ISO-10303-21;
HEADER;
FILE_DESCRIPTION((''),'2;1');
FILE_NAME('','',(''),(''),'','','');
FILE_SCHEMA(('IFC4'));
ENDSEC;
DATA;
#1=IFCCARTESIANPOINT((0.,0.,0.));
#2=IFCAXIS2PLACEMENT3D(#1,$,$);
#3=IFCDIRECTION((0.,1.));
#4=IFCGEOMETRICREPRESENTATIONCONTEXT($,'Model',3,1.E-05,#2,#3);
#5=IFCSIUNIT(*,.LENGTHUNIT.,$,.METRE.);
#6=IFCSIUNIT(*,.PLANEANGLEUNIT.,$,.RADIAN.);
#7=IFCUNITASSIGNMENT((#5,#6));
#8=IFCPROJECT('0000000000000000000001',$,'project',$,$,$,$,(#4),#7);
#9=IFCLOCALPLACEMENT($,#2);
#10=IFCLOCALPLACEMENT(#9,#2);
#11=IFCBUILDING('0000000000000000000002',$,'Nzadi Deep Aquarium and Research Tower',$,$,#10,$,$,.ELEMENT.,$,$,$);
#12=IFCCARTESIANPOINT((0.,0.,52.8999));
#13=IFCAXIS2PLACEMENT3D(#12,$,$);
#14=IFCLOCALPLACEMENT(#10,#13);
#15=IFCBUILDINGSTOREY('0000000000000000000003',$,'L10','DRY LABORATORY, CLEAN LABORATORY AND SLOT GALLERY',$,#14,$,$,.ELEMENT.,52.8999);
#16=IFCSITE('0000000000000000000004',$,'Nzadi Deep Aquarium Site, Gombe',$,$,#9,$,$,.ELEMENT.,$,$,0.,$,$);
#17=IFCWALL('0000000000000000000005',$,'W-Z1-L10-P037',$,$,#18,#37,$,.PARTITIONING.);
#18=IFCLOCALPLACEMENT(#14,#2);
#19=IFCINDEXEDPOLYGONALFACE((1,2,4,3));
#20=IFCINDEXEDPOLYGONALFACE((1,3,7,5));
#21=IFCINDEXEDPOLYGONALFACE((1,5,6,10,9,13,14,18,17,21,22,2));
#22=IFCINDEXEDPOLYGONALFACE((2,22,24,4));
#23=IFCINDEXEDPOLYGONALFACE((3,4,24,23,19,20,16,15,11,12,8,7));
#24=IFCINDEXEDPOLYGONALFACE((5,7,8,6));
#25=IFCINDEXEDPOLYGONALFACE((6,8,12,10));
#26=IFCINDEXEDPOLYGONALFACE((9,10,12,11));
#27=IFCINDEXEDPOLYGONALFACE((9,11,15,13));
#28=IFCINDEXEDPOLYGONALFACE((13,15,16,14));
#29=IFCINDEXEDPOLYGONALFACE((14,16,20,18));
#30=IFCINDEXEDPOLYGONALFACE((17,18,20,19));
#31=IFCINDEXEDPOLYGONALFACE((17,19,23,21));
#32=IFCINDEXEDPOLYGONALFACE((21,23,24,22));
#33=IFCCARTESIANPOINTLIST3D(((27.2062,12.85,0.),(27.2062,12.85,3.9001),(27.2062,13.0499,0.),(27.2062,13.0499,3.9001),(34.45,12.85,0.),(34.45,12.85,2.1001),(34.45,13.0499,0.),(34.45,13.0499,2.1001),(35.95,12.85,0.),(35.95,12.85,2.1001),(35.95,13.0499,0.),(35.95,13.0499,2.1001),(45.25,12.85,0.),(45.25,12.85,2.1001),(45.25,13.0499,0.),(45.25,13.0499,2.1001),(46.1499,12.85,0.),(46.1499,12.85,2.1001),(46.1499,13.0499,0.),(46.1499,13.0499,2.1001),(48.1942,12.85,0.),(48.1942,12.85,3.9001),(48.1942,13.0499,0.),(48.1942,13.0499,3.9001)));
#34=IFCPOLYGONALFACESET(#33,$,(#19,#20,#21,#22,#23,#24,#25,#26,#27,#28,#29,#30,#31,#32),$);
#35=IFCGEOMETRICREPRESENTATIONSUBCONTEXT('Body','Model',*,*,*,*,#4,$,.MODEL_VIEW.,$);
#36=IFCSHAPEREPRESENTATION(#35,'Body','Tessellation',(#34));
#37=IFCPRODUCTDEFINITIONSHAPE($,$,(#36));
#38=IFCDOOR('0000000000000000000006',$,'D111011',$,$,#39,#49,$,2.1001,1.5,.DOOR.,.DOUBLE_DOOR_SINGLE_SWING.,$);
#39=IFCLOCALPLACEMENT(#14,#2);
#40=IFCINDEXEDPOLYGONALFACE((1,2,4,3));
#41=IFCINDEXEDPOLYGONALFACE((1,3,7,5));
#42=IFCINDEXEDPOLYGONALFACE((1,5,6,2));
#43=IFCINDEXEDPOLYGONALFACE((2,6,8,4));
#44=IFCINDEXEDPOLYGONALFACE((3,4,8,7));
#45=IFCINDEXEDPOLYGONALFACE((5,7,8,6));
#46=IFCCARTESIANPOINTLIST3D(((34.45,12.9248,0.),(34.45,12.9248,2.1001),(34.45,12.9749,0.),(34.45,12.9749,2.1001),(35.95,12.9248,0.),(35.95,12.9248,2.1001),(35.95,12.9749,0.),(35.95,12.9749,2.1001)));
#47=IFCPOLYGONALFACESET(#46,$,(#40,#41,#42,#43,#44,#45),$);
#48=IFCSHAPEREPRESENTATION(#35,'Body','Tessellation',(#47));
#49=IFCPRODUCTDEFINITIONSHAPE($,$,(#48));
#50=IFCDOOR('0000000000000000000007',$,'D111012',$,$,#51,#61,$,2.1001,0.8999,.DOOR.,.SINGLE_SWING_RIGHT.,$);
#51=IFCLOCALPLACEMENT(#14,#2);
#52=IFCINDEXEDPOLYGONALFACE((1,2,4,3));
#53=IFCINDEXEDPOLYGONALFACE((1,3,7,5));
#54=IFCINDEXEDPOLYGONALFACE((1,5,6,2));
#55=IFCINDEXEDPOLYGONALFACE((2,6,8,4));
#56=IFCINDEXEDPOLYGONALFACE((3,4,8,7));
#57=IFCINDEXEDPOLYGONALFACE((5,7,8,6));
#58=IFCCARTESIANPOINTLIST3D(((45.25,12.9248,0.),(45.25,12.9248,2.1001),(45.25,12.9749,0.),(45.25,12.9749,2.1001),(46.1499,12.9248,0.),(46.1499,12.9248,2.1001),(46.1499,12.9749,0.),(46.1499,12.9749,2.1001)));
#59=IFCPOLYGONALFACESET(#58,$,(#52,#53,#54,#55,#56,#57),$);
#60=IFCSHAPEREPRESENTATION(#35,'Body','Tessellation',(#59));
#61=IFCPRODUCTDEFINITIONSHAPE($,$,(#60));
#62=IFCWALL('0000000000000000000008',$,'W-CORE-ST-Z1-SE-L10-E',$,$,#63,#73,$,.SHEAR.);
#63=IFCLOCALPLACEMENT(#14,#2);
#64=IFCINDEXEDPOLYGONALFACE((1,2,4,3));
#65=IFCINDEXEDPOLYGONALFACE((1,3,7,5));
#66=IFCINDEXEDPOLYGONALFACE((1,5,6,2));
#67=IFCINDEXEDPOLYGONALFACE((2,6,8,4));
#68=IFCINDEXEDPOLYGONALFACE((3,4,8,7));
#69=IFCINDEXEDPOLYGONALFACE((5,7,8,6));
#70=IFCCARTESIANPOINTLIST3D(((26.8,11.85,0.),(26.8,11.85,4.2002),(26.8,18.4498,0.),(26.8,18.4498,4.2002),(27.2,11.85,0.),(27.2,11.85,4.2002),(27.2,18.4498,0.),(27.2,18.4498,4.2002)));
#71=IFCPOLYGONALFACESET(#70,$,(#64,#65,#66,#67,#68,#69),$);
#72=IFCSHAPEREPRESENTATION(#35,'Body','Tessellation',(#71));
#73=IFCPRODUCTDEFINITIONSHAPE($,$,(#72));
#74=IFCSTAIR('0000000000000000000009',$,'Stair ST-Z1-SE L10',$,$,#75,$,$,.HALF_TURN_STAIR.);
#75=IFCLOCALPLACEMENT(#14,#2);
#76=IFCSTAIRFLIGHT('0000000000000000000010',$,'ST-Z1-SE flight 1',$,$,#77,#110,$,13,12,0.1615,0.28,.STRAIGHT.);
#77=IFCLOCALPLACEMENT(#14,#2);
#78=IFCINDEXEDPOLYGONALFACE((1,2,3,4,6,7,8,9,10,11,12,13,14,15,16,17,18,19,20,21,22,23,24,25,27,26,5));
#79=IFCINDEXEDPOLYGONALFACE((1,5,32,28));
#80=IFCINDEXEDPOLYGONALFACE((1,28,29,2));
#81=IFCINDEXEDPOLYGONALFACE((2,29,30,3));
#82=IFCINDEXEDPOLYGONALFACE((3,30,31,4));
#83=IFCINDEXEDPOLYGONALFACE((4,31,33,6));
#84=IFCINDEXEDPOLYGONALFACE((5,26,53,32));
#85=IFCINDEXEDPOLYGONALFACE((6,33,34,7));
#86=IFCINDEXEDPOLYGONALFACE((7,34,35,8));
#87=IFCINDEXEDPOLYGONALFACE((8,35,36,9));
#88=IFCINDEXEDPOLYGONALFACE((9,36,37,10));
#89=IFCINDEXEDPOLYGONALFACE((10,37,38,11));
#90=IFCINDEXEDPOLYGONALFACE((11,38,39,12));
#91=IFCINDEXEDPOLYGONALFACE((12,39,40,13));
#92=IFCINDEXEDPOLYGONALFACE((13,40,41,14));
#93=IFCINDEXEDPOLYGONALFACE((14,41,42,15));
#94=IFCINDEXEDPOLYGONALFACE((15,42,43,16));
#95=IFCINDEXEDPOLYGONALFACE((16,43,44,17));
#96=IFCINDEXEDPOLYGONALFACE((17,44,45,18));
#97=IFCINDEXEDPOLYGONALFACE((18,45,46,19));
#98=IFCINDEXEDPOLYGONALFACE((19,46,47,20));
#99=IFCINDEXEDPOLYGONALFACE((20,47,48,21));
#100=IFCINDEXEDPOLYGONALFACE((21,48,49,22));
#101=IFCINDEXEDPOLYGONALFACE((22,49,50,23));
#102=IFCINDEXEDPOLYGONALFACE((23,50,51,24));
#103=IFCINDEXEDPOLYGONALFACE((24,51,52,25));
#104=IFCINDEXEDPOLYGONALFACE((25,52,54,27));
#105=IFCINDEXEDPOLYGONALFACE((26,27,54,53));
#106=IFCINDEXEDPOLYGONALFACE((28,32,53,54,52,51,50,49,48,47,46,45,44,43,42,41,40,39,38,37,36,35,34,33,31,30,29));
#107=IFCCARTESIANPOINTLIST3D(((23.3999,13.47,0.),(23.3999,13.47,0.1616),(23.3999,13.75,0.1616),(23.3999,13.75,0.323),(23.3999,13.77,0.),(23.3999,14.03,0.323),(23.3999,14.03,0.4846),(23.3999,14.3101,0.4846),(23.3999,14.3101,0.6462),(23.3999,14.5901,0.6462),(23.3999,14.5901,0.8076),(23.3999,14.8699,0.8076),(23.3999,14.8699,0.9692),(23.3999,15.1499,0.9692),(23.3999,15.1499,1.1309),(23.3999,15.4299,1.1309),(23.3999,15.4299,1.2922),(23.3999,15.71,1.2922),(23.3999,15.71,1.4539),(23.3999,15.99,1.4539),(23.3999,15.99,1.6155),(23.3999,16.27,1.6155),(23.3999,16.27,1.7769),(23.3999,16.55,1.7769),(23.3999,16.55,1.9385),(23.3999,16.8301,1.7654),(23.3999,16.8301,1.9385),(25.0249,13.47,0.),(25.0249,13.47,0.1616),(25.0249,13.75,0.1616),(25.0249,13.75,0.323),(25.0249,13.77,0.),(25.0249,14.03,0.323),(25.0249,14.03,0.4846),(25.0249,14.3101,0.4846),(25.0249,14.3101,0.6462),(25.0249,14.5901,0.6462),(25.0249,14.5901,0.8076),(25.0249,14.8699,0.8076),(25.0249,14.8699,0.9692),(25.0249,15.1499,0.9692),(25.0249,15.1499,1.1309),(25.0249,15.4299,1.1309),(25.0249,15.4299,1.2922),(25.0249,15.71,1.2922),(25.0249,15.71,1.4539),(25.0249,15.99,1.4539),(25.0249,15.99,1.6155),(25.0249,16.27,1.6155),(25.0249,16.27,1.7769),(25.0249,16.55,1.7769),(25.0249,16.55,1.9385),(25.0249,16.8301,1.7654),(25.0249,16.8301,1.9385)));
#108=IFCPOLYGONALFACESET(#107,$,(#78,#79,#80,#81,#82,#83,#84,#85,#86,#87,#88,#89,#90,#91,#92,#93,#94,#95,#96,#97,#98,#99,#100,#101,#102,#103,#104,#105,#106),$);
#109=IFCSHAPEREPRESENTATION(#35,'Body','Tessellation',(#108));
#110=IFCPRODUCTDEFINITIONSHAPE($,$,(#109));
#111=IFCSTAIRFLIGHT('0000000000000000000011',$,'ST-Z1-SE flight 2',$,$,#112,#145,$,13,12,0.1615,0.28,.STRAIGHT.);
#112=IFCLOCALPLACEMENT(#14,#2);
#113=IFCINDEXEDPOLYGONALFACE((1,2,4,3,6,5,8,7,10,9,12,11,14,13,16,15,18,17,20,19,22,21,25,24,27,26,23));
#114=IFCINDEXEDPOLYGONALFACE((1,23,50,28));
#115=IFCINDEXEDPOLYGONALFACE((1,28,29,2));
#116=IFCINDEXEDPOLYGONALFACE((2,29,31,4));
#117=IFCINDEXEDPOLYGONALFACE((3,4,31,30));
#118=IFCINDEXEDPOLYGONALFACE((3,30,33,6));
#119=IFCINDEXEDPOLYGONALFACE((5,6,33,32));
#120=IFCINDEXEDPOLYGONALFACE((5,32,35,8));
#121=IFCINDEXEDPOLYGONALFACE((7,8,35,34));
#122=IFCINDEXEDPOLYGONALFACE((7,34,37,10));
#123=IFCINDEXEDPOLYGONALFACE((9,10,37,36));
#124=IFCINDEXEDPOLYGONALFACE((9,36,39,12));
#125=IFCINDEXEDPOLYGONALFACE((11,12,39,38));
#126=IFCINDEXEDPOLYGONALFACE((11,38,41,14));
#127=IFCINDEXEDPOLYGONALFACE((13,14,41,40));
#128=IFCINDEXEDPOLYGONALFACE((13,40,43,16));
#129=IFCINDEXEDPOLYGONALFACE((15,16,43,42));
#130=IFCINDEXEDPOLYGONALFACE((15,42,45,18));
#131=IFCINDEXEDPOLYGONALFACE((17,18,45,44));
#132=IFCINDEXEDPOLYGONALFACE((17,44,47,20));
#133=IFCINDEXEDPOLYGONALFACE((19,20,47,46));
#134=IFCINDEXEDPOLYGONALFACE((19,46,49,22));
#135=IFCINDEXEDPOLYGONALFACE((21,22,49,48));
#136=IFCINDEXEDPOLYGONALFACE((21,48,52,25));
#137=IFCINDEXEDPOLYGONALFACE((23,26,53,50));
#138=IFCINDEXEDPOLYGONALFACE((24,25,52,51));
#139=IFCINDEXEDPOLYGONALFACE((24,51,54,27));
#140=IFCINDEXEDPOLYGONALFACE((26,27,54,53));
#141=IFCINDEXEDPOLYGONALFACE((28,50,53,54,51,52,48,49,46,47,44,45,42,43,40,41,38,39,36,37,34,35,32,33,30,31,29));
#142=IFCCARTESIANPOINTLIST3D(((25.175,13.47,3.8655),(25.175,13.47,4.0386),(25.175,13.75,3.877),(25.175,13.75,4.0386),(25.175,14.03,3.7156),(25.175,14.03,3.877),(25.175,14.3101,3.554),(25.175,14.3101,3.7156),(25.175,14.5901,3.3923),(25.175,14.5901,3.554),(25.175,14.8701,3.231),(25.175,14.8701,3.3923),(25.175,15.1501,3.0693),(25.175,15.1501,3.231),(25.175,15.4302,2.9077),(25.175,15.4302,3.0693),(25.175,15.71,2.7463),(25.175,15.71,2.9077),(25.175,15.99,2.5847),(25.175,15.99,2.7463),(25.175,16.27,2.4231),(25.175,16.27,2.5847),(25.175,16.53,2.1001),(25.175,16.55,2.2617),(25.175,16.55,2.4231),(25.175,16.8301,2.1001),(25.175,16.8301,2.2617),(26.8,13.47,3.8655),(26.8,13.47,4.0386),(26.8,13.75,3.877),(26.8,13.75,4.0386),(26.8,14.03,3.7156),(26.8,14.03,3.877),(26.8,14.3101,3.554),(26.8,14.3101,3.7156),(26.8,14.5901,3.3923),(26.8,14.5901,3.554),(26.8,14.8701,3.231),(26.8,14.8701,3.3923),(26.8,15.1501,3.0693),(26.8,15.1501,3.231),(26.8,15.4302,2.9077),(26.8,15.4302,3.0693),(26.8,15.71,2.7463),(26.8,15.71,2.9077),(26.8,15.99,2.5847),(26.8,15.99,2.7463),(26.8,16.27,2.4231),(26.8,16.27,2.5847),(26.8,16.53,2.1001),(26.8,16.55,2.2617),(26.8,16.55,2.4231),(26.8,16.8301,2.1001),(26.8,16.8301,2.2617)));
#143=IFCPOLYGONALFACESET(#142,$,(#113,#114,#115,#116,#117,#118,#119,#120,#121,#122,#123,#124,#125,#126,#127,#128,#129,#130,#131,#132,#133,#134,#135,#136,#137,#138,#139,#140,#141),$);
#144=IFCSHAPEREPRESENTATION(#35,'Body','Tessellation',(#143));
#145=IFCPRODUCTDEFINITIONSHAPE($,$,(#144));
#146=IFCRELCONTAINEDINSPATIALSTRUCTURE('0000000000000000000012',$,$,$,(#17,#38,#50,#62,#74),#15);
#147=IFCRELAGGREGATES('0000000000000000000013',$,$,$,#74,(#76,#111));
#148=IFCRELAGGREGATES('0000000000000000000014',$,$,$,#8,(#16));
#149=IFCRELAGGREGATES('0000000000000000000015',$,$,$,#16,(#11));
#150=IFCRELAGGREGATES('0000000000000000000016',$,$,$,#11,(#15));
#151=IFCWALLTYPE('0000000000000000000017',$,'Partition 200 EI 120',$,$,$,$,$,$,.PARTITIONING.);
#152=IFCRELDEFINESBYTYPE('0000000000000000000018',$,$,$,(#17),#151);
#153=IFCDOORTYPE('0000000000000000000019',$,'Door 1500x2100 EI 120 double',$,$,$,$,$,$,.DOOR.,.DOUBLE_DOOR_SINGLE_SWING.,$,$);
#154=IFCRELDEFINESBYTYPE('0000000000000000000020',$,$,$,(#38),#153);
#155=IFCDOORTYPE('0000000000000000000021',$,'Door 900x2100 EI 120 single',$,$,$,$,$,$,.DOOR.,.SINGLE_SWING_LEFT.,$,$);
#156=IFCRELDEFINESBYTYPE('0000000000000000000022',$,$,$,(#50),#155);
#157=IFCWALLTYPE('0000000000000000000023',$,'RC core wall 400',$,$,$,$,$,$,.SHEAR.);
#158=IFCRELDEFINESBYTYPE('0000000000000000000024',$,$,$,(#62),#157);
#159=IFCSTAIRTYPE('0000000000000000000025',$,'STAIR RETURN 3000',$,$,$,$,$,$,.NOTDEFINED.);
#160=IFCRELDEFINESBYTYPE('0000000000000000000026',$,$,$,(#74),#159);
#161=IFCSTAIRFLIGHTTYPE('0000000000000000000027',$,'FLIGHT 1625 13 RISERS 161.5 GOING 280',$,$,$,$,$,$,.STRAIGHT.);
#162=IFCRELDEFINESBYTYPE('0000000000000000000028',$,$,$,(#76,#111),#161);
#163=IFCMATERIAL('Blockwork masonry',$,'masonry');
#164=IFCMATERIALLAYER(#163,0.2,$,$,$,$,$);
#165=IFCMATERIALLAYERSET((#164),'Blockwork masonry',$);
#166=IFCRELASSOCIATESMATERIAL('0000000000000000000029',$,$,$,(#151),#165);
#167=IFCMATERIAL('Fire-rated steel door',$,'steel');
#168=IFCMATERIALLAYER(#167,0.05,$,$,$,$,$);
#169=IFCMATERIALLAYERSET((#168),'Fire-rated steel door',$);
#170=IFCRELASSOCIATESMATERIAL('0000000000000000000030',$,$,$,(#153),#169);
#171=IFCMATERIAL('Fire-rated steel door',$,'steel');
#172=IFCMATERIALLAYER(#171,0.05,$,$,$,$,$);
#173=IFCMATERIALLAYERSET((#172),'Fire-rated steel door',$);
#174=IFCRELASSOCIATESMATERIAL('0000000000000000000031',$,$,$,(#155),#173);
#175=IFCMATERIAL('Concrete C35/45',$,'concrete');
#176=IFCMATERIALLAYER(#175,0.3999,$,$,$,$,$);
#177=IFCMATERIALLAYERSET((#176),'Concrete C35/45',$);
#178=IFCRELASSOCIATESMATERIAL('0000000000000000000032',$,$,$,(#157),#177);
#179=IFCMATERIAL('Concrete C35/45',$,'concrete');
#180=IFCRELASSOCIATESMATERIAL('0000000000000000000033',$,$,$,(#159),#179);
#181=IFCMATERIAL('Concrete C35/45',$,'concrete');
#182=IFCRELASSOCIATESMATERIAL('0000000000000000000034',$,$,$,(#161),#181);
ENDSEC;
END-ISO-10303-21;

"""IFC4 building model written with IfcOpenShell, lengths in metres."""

from ifc_helpers import new_model, si_unit, direction, frame, frame_2d, origin, place, context, subcontext, project, spatial, polyline, rectangle, outline, extrude, material, layer, layer_set, type_object, element, fill, aggregate, save


model = new_model("IFC4")

# Units and contexts
model_context = context("Model", 3, precision=1e-05, world=origin(), true_north=direction((0.0, 1.0)))
body_context = subcontext(model_context, "Body", "Model", "MODEL_VIEW")
ifc_project = project(units=[si_unit("LENGTHUNIT", "METRE"), si_unit("PLANEANGLEUNIT", "RADIAN")], contexts=[model_context])

# Site, building, storey
site_placement = place(None, origin())
site = spatial("IfcSite", under=ifc_project, at=site_placement, Name="Nzadi Deep Aquarium Site, Gombe", CompositionType="ELEMENT", RefElevation=0.0)
building_placement = place(site_placement, origin())
building = spatial("IfcBuilding", under=site, at=building_placement, Name="Nzadi Deep Aquarium and Research Tower", CompositionType="ELEMENT")
storey_placement = place(building_placement, frame((0.0, 0.0, 52.8999)))
storey = spatial("IfcBuildingStorey", under=building, at=storey_placement, Name="L10", Description="DRY LABORATORY, CLEAN LABORATORY AND SLOT GALLERY", CompositionType="ELEMENT", Elevation=52.8999)

# Wall, openings, doors
ifc_material_1 = material(Name="Blockwork masonry", Category="masonry")
ifc_layer_1 = layer(ifc_material_1, 0.2)
ifc_layer_set_1 = layer_set([ifc_layer_1], Name="Blockwork masonry")
wall_type_1 = type_object("IfcWallType", Name="Partition 200 EI 120", PredefinedType="PARTITIONING", material=ifc_layer_set_1)
wall_1_placement = place(storey_placement, frame((27.2061, 12.95, 0.0), z_axis=(0.0, 0.0, 1.0), x_axis=(1.0, 0.0, 0.0)))
wall_1 = element("IfcWall", 1, at=wall_1_placement, inside=storey, type_object=wall_type_1, Name="W-Z1-L10-P037", PredefinedType="PARTITIONING", context=body_context, shape_type="SweptSolid", body=[
    extrude(rectangle(XDim=20.988, YDim=0.2, at=frame_2d((10.4941, 0.0))), origin(), (0.0, 0.0, 1.0), 3.9001),
])
opening_1_placement = place(wall_1_placement, frame((7.2439, 0.0, 0.0)))
opening_1 = element("IfcOpeningElement", 2, at=opening_1_placement, cuts=wall_1, PredefinedType="OPENING", context=body_context, shape_type="SweptSolid", body=[
    extrude(rectangle(XDim=1.5, YDim=2.1001, at=frame_2d((0.75, 1.05))), frame((0.0, 0.1101, 0.0), z_axis=(0.0, -1.0, 0.0), x_axis=(1.0, 0.0, 0.0)), (0.0, 0.0, 1.0), 0.2202),
])
opening_2_placement = place(wall_1_placement, frame((18.0439, 0.0, 0.0)))
opening_2 = element("IfcOpeningElement", 3, at=opening_2_placement, cuts=wall_1, PredefinedType="OPENING", context=body_context, shape_type="SweptSolid", body=[
    extrude(rectangle(XDim=0.8999, YDim=2.1001, at=frame_2d((0.45, 1.05))), frame((0.0, 0.1101, 0.0), z_axis=(0.0, -1.0, 0.0), x_axis=(1.0, 0.0, 0.0)), (0.0, 0.0, 1.0), 0.2202),
])
ifc_material_2 = material(Name="Fire-rated steel door", Category="steel")
ifc_layer_2 = layer(ifc_material_2, 0.05)
ifc_layer_set_2 = layer_set([ifc_layer_2], Name="Fire-rated steel door")
door_type_1 = type_object("IfcDoorType", Name="Door 1500x2100 EI 120 double", OperationType="DOUBLE_DOOR_SINGLE_SWING", PredefinedType="DOOR", material=ifc_layer_set_2)
door_1_placement = place(opening_1_placement, origin())
door_1 = element("IfcDoor", 4, at=door_1_placement, inside=storey, type_object=door_type_1, Name="D111011", OperationType="DOUBLE_DOOR_SINGLE_SWING", OverallHeight=2.1001, OverallWidth=1.5, PredefinedType="DOOR", context=body_context, shape_type="SweptSolid", body=[
    extrude(rectangle(XDim=1.5, YDim=2.1001, at=frame_2d((0.75, 1.05))), frame((0.0, 0.0249, 0.0), z_axis=(0.0, -1.0, 0.0), x_axis=(1.0, 0.0, 0.0)), (0.0, 0.0, 1.0), 0.05),
])
fill(opening_1, door_1)
ifc_material_3 = material(Name="Fire-rated steel door", Category="steel")
ifc_layer_3 = layer(ifc_material_3, 0.05)
ifc_layer_set_3 = layer_set([ifc_layer_3], Name="Fire-rated steel door")
door_type_2 = type_object("IfcDoorType", Name="Door 900x2100 EI 120 single", OperationType="SINGLE_SWING_LEFT", PredefinedType="DOOR", material=ifc_layer_set_3)
door_2_placement = place(opening_2_placement, origin())
door_2 = element("IfcDoor", 5, at=door_2_placement, inside=storey, type_object=door_type_2, Name="D111012", OperationType="SINGLE_SWING_RIGHT", OverallHeight=2.1001, OverallWidth=0.8999, PredefinedType="DOOR", context=body_context, shape_type="SweptSolid", body=[
    extrude(rectangle(XDim=0.8999, YDim=2.1001, at=frame_2d((0.45, 1.05))), frame((0.0, 0.0249, 0.0), z_axis=(0.0, -1.0, 0.0), x_axis=(1.0, 0.0, 0.0)), (0.0, 0.0, 1.0), 0.05),
])
fill(opening_2, door_2)

# Wall
ifc_material_4 = material(Name="Concrete C35/45", Category="concrete")
ifc_layer_4 = layer(ifc_material_4, 0.3999)
ifc_layer_set_4 = layer_set([ifc_layer_4], Name="Concrete C35/45")
wall_type_2 = type_object("IfcWallType", Name="RC core wall 400", PredefinedType="SHEAR", material=ifc_layer_set_4)
wall_2_placement = place(storey_placement, frame((27.0, 11.8501, 0.0), z_axis=(0.0, 0.0, 1.0), x_axis=(0.0, 1.0, 0.0)))
element("IfcWall", 6, at=wall_2_placement, inside=storey, type_object=wall_type_2, Name="W-CORE-ST-Z1-SE-L10-E", PredefinedType="SHEAR", context=body_context, shape_type="SweptSolid", body=[
    extrude(rectangle(XDim=6.5999, YDim=0.3999, at=frame_2d((3.2998, 0.0))), origin(), (0.0, 0.0, 1.0), 4.2002),
])

# Stair, stair flights
ifc_material_5 = material(Name="Concrete C35/45", Category="concrete")
stair_type = type_object("IfcStairType", Name="STAIR RETURN 3000", PredefinedType="NOTDEFINED", material=ifc_material_5)
stair_placement = place(storey_placement, origin())
stair = element("IfcStair", 7, at=stair_placement, inside=storey, type_object=stair_type, Name="Stair ST-Z1-SE L10", PredefinedType="HALF_TURN_STAIR")
ifc_material_6 = material(Name="Concrete C35/45", Category="concrete")
stair_flight_type = type_object("IfcStairFlightType", Name="FLIGHT 1625 13 RISERS 161.5 GOING 280", PredefinedType="STRAIGHT", material=ifc_material_6)
stair_flight_1_placement = place(storey_placement, frame((24.2124, 13.47, 0.0), z_axis=(0.0, 0.0, 1.0), x_axis=(0.0, 1.0, 0.0)))
stair_flight_1 = element("IfcStairFlight", 8, at=stair_flight_1_placement, type_object=stair_flight_type, Name="ST-Z1-SE flight 1", NumberOfRisers=13, NumberOfTreads=12, PredefinedType="STRAIGHT", RiserHeight=0.1615, TreadLength=0.28, context=body_context, shape_type="SweptSolid", body=[
    extrude(outline(polyline([(0.0, 0.0), (0.0, 0.1616), (0.28, 0.1616), (0.28, 0.323), (0.5601, 0.323), (0.5601, 0.4846), (0.8401, 0.4846), (0.8401, 0.6462), (1.1201, 0.6462), (1.1201, 0.8076), (1.3999, 0.8076), (1.3999, 0.9692), (1.6799, 0.9692), (1.6799, 1.1309), (1.96, 1.1309), (1.96, 1.2922), (2.24, 1.2922), (2.24, 1.4539), (2.52, 1.4539), (2.52, 1.6155), (2.8, 1.6155), (2.8, 1.7769), (3.0801, 1.7769), (3.0801, 1.9385), (3.3601, 1.9385), (3.3601, 2.1001), (3.3601, 1.7654), (0.3, 0.0), (0.0, 0.0)])), frame((0.0, 0.8125, 0.0), z_axis=(0.0, -1.0, 0.0), x_axis=(1.0, 0.0, 0.0)), (0.0, 0.0, 1.0), 1.625),
])
stair_flight_2_placement = place(storey_placement, frame((25.9875, 16.8301, 2.1001), z_axis=(0.0, 0.0, 1.0), x_axis=(0.0, -1.0, 0.0)))
stair_flight_2 = element("IfcStairFlight", 9, at=stair_flight_2_placement, type_object=stair_flight_type, Name="ST-Z1-SE flight 2", NumberOfRisers=13, NumberOfTreads=12, PredefinedType="STRAIGHT", RiserHeight=0.1615, TreadLength=0.28, context=body_context, shape_type="SweptSolid", body=[
    extrude(outline(polyline([(0.0, 0.0), (0.0, 0.1616), (0.28, 0.1616), (0.28, 0.323), (0.5601, 0.323), (0.5601, 0.4846), (0.8401, 0.4846), (0.8401, 0.6462), (1.1201, 0.6462), (1.1201, 0.8076), (1.3999, 0.8076), (1.3999, 0.9692), (1.6799, 0.9692), (1.6799, 1.1309), (1.96, 1.1309), (1.96, 1.2922), (2.24, 1.2922), (2.24, 1.4539), (2.52, 1.4539), (2.52, 1.6155), (2.8, 1.6155), (2.8, 1.7769), (3.0801, 1.7769), (3.0801, 1.9385), (3.3601, 1.9385), (3.3601, 2.1001), (3.3601, 1.7654), (0.3, 0.0), (0.0, 0.0)])), frame((0.0, 0.8125, 0.0), z_axis=(0.0, -1.0, 0.0), x_axis=(1.0, 0.0, 0.0)), (0.0, 0.0, 1.0), 1.625),
])
aggregate(stair, [stair_flight_1, stair_flight_2])

save(model, "model.ifc")
